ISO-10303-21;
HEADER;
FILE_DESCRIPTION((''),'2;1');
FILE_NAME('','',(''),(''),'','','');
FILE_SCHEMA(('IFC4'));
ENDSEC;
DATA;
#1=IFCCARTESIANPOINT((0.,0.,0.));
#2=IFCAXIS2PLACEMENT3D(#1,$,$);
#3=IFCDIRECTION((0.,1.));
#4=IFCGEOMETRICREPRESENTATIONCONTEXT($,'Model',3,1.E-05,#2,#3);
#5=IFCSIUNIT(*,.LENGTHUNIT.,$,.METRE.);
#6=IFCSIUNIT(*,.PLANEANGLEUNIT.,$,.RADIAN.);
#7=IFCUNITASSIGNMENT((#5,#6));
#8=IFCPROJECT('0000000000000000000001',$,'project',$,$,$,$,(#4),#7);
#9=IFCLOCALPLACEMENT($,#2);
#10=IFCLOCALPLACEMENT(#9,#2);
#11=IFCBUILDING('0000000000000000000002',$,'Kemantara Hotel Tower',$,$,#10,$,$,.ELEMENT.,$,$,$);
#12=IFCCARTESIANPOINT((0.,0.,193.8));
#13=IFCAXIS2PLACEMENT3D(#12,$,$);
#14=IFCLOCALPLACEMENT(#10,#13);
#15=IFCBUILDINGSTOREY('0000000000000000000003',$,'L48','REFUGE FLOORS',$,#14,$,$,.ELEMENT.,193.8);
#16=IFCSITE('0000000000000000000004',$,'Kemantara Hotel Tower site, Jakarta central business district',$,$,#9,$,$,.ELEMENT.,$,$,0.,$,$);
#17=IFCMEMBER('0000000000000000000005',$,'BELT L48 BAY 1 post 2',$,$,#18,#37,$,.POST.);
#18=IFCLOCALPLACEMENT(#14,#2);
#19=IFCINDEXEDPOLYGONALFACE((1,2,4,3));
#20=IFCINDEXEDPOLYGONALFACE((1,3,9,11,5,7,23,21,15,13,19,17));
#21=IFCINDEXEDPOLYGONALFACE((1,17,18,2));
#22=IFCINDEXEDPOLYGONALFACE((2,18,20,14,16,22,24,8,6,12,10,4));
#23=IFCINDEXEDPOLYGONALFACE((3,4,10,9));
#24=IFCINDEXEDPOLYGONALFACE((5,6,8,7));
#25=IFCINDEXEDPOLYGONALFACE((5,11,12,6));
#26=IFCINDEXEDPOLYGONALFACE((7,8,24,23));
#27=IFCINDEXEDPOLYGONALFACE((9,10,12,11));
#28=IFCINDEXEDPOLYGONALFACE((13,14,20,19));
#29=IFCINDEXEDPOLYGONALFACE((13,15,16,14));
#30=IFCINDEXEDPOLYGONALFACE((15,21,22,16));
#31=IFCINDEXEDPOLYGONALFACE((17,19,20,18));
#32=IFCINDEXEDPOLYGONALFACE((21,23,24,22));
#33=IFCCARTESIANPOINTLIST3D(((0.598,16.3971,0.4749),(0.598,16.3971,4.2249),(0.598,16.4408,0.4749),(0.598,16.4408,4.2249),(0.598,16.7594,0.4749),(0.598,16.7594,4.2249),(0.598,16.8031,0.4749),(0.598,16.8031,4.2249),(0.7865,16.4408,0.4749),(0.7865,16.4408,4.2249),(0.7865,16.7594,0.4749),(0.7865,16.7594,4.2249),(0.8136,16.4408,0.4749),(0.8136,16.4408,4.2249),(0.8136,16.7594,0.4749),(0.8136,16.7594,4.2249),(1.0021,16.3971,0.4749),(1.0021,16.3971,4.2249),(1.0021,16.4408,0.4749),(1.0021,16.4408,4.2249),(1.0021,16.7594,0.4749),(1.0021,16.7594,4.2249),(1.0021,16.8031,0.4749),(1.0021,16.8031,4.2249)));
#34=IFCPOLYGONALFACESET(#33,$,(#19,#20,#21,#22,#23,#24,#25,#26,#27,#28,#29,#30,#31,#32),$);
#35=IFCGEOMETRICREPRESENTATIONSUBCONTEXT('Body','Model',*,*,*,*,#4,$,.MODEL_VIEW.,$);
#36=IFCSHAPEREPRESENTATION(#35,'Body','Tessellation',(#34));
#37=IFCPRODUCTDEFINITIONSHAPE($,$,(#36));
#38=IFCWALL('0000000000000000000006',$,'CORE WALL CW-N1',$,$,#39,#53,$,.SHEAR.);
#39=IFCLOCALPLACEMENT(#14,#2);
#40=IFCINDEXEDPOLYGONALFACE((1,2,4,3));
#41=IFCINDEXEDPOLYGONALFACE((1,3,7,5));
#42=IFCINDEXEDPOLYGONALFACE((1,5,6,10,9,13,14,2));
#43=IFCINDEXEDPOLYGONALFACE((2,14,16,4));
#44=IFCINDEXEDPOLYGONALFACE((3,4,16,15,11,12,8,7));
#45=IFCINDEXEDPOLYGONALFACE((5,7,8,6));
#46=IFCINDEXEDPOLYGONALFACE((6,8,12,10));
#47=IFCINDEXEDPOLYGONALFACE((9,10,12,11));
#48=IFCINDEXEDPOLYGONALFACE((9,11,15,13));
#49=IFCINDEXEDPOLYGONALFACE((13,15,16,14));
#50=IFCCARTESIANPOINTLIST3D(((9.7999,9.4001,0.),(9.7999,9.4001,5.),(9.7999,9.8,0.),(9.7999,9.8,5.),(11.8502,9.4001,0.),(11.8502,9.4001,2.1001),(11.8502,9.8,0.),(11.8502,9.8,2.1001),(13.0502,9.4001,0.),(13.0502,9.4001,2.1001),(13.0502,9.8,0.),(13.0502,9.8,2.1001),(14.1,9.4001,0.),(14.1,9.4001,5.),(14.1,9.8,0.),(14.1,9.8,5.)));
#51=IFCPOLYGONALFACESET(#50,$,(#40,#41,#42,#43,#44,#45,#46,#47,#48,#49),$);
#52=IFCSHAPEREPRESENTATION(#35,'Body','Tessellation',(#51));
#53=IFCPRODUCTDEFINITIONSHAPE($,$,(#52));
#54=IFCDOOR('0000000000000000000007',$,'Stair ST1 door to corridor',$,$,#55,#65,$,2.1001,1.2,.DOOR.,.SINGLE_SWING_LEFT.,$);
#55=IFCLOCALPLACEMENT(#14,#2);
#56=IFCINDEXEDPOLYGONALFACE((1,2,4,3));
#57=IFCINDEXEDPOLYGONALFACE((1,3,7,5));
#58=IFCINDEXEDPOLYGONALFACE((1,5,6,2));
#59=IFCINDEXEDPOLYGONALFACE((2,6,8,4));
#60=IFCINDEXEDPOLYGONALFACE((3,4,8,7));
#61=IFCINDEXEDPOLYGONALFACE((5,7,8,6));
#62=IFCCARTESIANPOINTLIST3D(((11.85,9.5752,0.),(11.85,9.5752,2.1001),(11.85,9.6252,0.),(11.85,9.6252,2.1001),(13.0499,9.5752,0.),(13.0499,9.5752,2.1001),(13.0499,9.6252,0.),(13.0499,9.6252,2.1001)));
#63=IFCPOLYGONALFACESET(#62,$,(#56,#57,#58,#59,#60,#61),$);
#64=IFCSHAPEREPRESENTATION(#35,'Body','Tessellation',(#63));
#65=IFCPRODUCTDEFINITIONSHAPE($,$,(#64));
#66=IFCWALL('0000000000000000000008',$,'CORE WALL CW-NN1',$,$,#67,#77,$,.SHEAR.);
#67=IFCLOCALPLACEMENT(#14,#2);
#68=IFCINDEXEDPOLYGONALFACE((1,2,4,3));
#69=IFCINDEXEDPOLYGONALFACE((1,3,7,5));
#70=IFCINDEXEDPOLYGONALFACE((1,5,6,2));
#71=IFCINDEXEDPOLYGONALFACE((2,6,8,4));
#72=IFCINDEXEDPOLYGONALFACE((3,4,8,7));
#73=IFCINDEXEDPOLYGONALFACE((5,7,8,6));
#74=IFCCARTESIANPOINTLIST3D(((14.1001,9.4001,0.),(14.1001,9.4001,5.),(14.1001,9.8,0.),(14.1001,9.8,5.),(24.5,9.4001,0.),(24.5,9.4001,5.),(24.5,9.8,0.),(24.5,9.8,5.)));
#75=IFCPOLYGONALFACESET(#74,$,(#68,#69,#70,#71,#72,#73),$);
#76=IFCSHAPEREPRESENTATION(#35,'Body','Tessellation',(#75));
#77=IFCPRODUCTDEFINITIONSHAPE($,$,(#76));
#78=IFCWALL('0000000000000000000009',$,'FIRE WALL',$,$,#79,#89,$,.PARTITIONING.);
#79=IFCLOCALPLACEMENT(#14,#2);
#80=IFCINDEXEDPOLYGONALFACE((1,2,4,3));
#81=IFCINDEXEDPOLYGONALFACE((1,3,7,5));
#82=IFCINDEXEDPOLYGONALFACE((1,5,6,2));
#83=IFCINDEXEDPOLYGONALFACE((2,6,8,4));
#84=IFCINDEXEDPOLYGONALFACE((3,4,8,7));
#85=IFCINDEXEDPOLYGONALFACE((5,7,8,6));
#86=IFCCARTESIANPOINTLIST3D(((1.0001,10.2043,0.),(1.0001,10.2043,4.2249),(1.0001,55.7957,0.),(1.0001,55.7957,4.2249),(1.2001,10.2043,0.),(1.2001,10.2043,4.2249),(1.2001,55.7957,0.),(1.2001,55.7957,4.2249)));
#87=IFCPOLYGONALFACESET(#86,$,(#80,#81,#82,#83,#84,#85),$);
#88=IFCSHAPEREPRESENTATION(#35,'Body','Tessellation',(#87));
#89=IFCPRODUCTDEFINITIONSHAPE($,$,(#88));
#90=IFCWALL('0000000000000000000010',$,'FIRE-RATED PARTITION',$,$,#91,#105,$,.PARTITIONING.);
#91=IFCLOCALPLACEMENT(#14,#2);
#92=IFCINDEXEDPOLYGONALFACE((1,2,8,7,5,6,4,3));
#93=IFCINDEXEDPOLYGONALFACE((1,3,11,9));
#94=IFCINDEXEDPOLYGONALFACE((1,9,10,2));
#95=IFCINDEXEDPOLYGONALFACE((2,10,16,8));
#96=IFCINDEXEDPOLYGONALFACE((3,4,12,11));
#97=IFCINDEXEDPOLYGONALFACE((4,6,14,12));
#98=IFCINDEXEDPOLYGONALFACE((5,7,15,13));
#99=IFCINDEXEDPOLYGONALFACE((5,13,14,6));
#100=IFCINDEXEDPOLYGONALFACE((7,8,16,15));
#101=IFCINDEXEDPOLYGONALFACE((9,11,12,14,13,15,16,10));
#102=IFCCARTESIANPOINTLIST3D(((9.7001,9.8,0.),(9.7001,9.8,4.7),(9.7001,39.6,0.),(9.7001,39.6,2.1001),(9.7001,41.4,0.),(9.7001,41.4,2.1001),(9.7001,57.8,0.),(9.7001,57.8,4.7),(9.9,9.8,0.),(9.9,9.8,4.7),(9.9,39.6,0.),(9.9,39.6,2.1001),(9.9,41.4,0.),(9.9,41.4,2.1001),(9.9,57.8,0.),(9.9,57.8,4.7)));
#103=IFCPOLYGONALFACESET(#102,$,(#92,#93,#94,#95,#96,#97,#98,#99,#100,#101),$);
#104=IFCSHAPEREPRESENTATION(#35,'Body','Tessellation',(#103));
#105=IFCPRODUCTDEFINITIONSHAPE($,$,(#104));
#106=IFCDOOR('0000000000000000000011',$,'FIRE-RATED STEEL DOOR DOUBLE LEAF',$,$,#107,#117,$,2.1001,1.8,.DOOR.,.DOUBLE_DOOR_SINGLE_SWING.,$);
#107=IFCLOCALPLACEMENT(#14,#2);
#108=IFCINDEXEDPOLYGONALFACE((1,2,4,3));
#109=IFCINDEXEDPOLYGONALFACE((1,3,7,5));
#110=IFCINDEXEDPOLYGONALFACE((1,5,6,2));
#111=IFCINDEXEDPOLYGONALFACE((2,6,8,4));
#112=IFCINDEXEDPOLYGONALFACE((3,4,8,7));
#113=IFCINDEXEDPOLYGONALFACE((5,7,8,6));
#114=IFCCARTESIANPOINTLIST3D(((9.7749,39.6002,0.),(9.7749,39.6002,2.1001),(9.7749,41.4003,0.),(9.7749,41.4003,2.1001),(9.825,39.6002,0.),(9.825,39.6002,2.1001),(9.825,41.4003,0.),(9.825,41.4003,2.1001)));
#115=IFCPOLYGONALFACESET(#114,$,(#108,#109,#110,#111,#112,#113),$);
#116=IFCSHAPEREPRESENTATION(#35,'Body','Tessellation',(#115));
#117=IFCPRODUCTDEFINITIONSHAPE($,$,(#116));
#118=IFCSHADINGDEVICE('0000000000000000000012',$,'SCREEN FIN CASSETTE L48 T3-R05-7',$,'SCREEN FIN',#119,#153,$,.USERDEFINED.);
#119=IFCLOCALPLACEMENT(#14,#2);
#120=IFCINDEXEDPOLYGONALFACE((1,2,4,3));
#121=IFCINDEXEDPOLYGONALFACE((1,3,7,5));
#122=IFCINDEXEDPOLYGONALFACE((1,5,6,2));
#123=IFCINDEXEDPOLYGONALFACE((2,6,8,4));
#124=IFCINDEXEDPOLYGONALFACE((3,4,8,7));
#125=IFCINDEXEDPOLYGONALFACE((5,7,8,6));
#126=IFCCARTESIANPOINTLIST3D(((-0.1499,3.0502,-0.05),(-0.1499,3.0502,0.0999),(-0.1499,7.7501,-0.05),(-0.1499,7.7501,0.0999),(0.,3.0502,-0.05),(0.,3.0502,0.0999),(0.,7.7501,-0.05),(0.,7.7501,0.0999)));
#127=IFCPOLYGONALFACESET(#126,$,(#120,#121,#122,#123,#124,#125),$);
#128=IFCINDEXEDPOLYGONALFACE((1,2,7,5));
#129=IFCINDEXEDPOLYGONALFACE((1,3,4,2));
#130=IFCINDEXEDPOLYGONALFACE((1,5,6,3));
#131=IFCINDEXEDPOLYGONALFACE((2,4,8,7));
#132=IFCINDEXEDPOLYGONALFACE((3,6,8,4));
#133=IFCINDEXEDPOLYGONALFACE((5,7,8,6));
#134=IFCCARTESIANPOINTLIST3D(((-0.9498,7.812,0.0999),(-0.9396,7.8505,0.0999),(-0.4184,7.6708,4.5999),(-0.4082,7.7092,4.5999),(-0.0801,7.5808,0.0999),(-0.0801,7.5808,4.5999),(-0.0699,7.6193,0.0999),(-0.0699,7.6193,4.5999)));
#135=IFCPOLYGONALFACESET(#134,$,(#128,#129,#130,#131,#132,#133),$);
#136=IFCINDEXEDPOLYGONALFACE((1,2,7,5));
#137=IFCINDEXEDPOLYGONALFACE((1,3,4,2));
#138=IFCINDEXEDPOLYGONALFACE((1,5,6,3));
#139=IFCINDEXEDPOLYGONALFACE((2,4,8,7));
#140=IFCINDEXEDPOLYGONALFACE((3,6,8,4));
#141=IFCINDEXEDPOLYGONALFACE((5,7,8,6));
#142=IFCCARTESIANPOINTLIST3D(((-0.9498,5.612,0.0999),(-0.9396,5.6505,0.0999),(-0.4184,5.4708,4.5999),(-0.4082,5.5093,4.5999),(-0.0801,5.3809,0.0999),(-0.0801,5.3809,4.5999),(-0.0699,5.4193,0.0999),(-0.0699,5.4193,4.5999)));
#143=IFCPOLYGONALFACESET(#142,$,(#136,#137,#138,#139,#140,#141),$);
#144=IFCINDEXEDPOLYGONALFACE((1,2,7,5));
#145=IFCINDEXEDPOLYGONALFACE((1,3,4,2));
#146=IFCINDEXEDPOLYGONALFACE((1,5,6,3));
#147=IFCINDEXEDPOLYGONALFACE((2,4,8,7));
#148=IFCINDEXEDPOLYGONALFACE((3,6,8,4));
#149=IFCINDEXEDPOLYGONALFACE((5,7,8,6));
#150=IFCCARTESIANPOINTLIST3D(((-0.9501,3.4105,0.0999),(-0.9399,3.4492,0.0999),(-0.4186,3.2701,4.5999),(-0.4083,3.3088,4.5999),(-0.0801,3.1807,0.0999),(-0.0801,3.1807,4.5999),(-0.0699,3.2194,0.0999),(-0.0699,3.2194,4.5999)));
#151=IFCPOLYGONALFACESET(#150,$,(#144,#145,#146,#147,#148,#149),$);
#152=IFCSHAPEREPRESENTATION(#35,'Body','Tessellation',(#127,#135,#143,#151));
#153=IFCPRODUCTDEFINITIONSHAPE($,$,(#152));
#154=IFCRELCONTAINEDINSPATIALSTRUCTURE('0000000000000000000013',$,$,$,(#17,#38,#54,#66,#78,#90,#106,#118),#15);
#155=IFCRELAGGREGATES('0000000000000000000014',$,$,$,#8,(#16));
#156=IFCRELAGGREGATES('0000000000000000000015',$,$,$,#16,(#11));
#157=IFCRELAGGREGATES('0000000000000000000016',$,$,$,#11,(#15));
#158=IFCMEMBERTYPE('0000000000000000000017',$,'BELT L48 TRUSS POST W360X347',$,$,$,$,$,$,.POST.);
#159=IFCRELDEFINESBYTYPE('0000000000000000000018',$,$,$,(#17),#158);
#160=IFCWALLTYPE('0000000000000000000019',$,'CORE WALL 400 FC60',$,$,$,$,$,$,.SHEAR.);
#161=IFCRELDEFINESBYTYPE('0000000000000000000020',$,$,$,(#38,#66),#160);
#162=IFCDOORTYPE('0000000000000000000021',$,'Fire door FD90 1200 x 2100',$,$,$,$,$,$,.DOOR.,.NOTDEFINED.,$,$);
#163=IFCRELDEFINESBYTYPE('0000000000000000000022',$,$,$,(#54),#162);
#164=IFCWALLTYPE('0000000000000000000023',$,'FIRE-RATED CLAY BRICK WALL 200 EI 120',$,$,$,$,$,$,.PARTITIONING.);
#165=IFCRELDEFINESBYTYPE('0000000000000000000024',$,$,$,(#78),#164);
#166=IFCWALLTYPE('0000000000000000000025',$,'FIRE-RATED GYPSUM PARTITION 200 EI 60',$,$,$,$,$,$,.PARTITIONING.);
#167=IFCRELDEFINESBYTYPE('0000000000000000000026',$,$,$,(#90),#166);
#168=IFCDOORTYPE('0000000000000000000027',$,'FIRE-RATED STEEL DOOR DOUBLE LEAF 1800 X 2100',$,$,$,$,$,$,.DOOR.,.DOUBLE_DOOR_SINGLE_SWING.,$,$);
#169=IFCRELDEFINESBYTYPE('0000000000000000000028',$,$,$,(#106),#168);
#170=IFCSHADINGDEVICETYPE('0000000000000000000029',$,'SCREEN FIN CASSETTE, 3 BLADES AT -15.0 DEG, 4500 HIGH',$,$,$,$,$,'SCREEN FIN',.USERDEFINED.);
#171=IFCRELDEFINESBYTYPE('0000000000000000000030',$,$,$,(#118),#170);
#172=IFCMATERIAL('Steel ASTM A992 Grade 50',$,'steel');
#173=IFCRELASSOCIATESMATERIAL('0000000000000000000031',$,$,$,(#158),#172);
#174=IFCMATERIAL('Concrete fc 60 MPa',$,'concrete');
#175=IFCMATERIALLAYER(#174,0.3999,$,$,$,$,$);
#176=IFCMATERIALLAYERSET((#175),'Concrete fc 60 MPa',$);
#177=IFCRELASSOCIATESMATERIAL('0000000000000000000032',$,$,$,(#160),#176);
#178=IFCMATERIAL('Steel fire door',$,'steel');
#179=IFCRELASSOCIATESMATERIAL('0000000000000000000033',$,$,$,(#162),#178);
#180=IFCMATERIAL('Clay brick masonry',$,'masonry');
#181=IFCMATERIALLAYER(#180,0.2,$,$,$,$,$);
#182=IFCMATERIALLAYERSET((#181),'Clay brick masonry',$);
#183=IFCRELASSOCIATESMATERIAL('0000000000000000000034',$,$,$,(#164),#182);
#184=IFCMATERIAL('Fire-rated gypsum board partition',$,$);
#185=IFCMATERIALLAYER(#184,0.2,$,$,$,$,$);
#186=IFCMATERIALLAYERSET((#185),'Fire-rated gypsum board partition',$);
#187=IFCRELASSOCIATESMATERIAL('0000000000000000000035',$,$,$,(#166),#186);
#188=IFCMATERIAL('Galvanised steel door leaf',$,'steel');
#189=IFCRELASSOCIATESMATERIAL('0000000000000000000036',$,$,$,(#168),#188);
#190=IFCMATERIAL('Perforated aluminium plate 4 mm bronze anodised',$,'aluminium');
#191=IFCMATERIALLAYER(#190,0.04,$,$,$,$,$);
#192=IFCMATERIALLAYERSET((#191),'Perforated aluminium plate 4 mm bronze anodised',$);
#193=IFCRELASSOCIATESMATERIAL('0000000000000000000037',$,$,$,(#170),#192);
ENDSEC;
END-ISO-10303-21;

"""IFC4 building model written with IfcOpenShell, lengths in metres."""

from ifc_helpers import new_model, si_unit, direction, frame, frame_2d, origin, origin_2d, place, context, subcontext, project, spatial, polyline, rectangle, i_section, outline, extrude, source, transform, mapped, material, layer, layer_set, material_profile, profile_set, type_object, element, fill, save


model = new_model("IFC4")

# Units and contexts
model_context = context("Model", 3, precision=1e-05, world=origin(), true_north=direction((0.0, 1.0)))
body_context = subcontext(model_context, "Body", "Model", "MODEL_VIEW")
ifc_project = project(units=[si_unit("LENGTHUNIT", "METRE"), si_unit("PLANEANGLEUNIT", "RADIAN")], contexts=[model_context])

# Site, building, storey
site_placement = place(None, origin())
site = spatial("IfcSite", under=ifc_project, at=site_placement, Name="Kemantara Hotel Tower site, Jakarta central business district", CompositionType="ELEMENT", RefElevation=0.0)
building_placement = place(site_placement, origin())
building = spatial("IfcBuilding", under=site, at=building_placement, Name="Kemantara Hotel Tower", CompositionType="ELEMENT")
storey_placement = place(building_placement, frame((0.0, 0.0, 193.8)))
storey = spatial("IfcBuildingStorey", under=building, at=storey_placement, Name="L48", Description="REFUGE FLOORS", CompositionType="ELEMENT", Elevation=193.8)

# Shared definitions
ifc_material_1 = material(Name="Concrete fc 60 MPa", Category="concrete")

# Shared definitions
ifc_material_2 = material(Name="Steel ASTM A992 Grade 50", Category="steel")

# Member
ifc_material_profile_1 = material_profile(ifc_material_2, i_section(OverallWidth=0.4041, OverallDepth=0.406, WebThickness=0.0271, FlangeThickness=0.0437, at=origin_2d()), Name="W360X347")
ifc_profile_set_1 = profile_set([ifc_material_profile_1], Name="Steel ASTM A992 Grade 50")
member_type_1 = type_object("IfcMemberType", Name="BELT L48 TRUSS POST W360X347", PredefinedType="POST", material=ifc_profile_set_1)
member_1_placement = place(storey_placement, frame((0.8, 16.6001, 0.4749), z_axis=(0.0, 0.0, 1.0), x_axis=(1.0, 0.0, 0.0)))
element("IfcMember", 1, at=member_1_placement, inside=storey, type_object=member_type_1, Name="BELT L48 BAY 1 post 2", PredefinedType="POST", context=body_context, shape_type="SweptSolid", body=[
    extrude(i_section(OverallWidth=0.4041, OverallDepth=0.406, WebThickness=0.0271, FlangeThickness=0.0437, at=origin_2d()), origin(), (0.0, 0.0, 1.0), 3.75),
])

# Wall, opening, door
ifc_layer_1 = layer(ifc_material_1, 0.3999)
ifc_layer_set_1 = layer_set([ifc_layer_1], Name="Concrete fc 60 MPa")
wall_type_1 = type_object("IfcWallType", Name="CORE WALL 400 FC60", PredefinedType="SHEAR", material=ifc_layer_set_1)
wall_1_placement = place(storey_placement, frame((9.8, 9.6001, 0.0), z_axis=(0.0, 0.0, 1.0), x_axis=(1.0, 0.0, 0.0)))
wall_1 = element("IfcWall", 2, at=wall_1_placement, inside=storey, type_object=wall_type_1, Name="CORE WALL CW-N1", PredefinedType="SHEAR", context=body_context, shape_type="SweptSolid", body=[
    extrude(rectangle(XDim=4.3, YDim=0.3999, at=frame_2d((2.1499, 0.0))), origin(), (0.0, 0.0, 1.0), 5.0),
])
opening_1_placement = place(wall_1_placement, frame((2.05, 0.0, 0.0)))
opening_1 = element("IfcOpeningElement", 3, at=opening_1_placement, cuts=wall_1, PredefinedType="OPENING", context=body_context, shape_type="SweptSolid", body=[
    extrude(rectangle(XDim=1.2, YDim=2.1001, at=frame_2d((0.6001, 1.05))), frame((0.0, 0.21, 0.0), z_axis=(0.0, -1.0, 0.0), x_axis=(1.0, 0.0, 0.0)), (0.0, 0.0, 1.0), 0.4199),
])
ifc_material_3 = material(Name="Steel fire door", Category="steel")
door_type_1 = type_object("IfcDoorType", Name="Fire door FD90 1200 x 2100", OperationType="NOTDEFINED", PredefinedType="DOOR", material=ifc_material_3)
door_1_placement = place(opening_1_placement, frame((1.2, 0.0, 0.0), z_axis=(0.0, 0.0, 1.0), x_axis=(-1.0, 0.0, 0.0)))
door_1 = element("IfcDoor", 4, at=door_1_placement, inside=storey, type_object=door_type_1, Name="Stair ST1 door to corridor", OperationType="SINGLE_SWING_LEFT", OverallHeight=2.1001, OverallWidth=1.2, PredefinedType="DOOR", context=body_context, shape_type="SweptSolid", body=[
    extrude(rectangle(XDim=1.2, YDim=2.1001, at=frame_2d((0.6001, 1.05))), frame((0.0, 0.0249, 0.0), z_axis=(0.0, -1.0, 0.0), x_axis=(1.0, 0.0, 0.0)), (0.0, 0.0, 1.0), 0.05),
])
fill(opening_1, door_1)

# Walls
wall_2_placement = place(storey_placement, frame((14.1001, 9.6001, 0.0), z_axis=(0.0, 0.0, 1.0), x_axis=(1.0, 0.0, 0.0)))
element("IfcWall", 5, at=wall_2_placement, inside=storey, type_object=wall_type_1, Name="CORE WALL CW-NN1", PredefinedType="SHEAR", context=body_context, shape_type="SweptSolid", body=[
    extrude(rectangle(XDim=10.3999, YDim=0.3999, at=frame_2d((5.2, 0.0))), origin(), (0.0, 0.0, 1.0), 5.0),
])
ifc_material_4 = material(Name="Clay brick masonry", Category="masonry")
ifc_layer_2 = layer(ifc_material_4, 0.2)
ifc_layer_set_2 = layer_set([ifc_layer_2], Name="Clay brick masonry")
wall_type_2 = type_object("IfcWallType", Name="FIRE-RATED CLAY BRICK WALL 200 EI 120", PredefinedType="PARTITIONING", material=ifc_layer_set_2)
wall_3_placement = place(storey_placement, frame((1.1001, 10.2043, 0.0), z_axis=(0.0, 0.0, 1.0), x_axis=(0.0, 1.0, 0.0)))
element("IfcWall", 6, at=wall_3_placement, inside=storey, type_object=wall_type_2, Name="FIRE WALL", PredefinedType="PARTITIONING", context=body_context, shape_type="SweptSolid", body=[
    extrude(rectangle(XDim=45.5913, YDim=0.2, at=frame_2d((22.7957, 0.0))), origin(), (0.0, 0.0, 1.0), 4.2249),
])

# Wall, opening, door
ifc_material_5 = material(Name="Fire-rated gypsum board partition")
ifc_layer_3 = layer(ifc_material_5, 0.2)
ifc_layer_set_3 = layer_set([ifc_layer_3], Name="Fire-rated gypsum board partition")
wall_type_3 = type_object("IfcWallType", Name="FIRE-RATED GYPSUM PARTITION 200 EI 60", PredefinedType="PARTITIONING", material=ifc_layer_set_3)
wall_4_placement = place(storey_placement, frame((9.8, 9.8, 0.0), z_axis=(0.0, 0.0, 1.0), x_axis=(0.0, 1.0, 0.0)))
wall_4 = element("IfcWall", 7, at=wall_4_placement, inside=storey, type_object=wall_type_3, Name="FIRE-RATED PARTITION", PredefinedType="PARTITIONING", context=body_context, shape_type="SweptSolid", body=[
    extrude(rectangle(XDim=48.0, YDim=0.2, at=frame_2d((24.0, 0.0))), origin(), (0.0, 0.0, 1.0), 4.7),
])
opening_2_placement = place(wall_4_placement, frame((29.8, 0.0, 0.0)))
opening_2 = element("IfcOpeningElement", 8, at=opening_2_placement, cuts=wall_4, PredefinedType="OPENING", context=body_context, shape_type="SweptSolid", body=[
    extrude(rectangle(XDim=1.8, YDim=2.1001, at=frame_2d((0.8999, 1.05))), frame((0.0, 0.1099, 0.0), z_axis=(0.0, -1.0, 0.0), x_axis=(1.0, 0.0, 0.0)), (0.0, 0.0, 1.0), 0.22),
])
ifc_material_6 = material(Name="Galvanised steel door leaf", Category="steel")
door_type_2 = type_object("IfcDoorType", Name="FIRE-RATED STEEL DOOR DOUBLE LEAF 1800 X 2100", OperationType="DOUBLE_DOOR_SINGLE_SWING", PredefinedType="DOOR", material=ifc_material_6)
door_2_placement = place(opening_2_placement, frame((1.8, 0.0, 0.0), z_axis=(0.0, 0.0, 1.0), x_axis=(-1.0, 0.0, 0.0)))
door_2 = element("IfcDoor", 9, at=door_2_placement, inside=storey, type_object=door_type_2, Name="FIRE-RATED STEEL DOOR DOUBLE LEAF", OperationType="DOUBLE_DOOR_SINGLE_SWING", OverallHeight=2.1001, OverallWidth=1.8, PredefinedType="DOOR", context=body_context, shape_type="SweptSolid", body=[
    extrude(rectangle(XDim=1.8, YDim=2.1001, at=frame_2d((0.8999, 1.05))), frame((0.0, 0.0249, 0.0), z_axis=(0.0, -1.0, 0.0), x_axis=(1.0, 0.0, 0.0)), (0.0, 0.0, 1.0), 0.05),
])
fill(opening_2, door_2)

# Shading device
ifc_material_7 = material(Name="Perforated aluminium plate 4 mm bronze anodised", Category="aluminium")
ifc_layer_4 = layer(ifc_material_7, 0.04)
ifc_layer_set_4 = layer_set([ifc_layer_4], Name="Perforated aluminium plate 4 mm bronze anodised")
shading_device_type_1 = type_object("IfcShadingDeviceType", Name="SCREEN FIN CASSETTE, 3 BLADES AT -15.0 DEG, 4500 HIGH", ElementType="SCREEN FIN", PredefinedType="USERDEFINED", material=ifc_layer_set_4)
shared_shape_1 = source(origin(), body_context, "Body", "SweptSolid", [
    extrude(rectangle(XDim=4.7, YDim=0.1499, at=origin_2d()), frame((2.2, -0.075, -0.1499), z_axis=(0.0, 0.0, 1.0), x_axis=(1.0, 0.0, 0.0)), (0.0, 0.0, 1.0), 0.1499),
    extrude(outline(polyline([(0.0, 0.0), (0.8999, 0.0), (0.3501, 4.5), (0.0, 4.5), (0.0, 0.0)])), frame((0.0193, -0.0801, 0.0), z_axis=(-0.966438, 0.256901, 0.0), x_axis=(-0.256901, -0.966438, 0.0)), (0.0, 0.0, 1.0), 0.0398),
    extrude(outline(polyline([(0.0, 0.0), (0.8999, 0.0), (0.3501, 4.5), (0.0, 4.5), (0.0, 0.0)])), frame((2.2192, -0.0801, 0.0), z_axis=(-0.966438, 0.256901, 0.0), x_axis=(-0.256901, -0.966438, 0.0)), (0.0, 0.0, 1.0), 0.0398),
    extrude(outline(polyline([(0.0, 0.0), (0.8999, 0.0), (0.3501, 4.5), (0.0, 4.5), (0.0, 0.0)])), frame((4.4194, -0.0801, 0.0), z_axis=(-0.966838, 0.255391, 0.0), x_axis=(-0.255391, -0.966838, 0.0)), (0.0, 0.0, 1.0), 0.04),
])
shading_device_1_placement = place(storey_placement, frame((0.0, 7.6001, 0.0999), z_axis=(0.0, 0.0, 1.0), x_axis=(0.0, -1.0, 0.0)))
element("IfcShadingDevice", 10, at=shading_device_1_placement, inside=storey, type_object=shading_device_type_1, Name="SCREEN FIN CASSETTE L48 T3-R05-7", ObjectType="SCREEN FIN", PredefinedType="USERDEFINED", context=body_context, shape_type="MappedRepresentation", body=[
    mapped(shared_shape_1, transform((0.0, 0.0, 0.0))),
])

save(model, "model.ifc")
